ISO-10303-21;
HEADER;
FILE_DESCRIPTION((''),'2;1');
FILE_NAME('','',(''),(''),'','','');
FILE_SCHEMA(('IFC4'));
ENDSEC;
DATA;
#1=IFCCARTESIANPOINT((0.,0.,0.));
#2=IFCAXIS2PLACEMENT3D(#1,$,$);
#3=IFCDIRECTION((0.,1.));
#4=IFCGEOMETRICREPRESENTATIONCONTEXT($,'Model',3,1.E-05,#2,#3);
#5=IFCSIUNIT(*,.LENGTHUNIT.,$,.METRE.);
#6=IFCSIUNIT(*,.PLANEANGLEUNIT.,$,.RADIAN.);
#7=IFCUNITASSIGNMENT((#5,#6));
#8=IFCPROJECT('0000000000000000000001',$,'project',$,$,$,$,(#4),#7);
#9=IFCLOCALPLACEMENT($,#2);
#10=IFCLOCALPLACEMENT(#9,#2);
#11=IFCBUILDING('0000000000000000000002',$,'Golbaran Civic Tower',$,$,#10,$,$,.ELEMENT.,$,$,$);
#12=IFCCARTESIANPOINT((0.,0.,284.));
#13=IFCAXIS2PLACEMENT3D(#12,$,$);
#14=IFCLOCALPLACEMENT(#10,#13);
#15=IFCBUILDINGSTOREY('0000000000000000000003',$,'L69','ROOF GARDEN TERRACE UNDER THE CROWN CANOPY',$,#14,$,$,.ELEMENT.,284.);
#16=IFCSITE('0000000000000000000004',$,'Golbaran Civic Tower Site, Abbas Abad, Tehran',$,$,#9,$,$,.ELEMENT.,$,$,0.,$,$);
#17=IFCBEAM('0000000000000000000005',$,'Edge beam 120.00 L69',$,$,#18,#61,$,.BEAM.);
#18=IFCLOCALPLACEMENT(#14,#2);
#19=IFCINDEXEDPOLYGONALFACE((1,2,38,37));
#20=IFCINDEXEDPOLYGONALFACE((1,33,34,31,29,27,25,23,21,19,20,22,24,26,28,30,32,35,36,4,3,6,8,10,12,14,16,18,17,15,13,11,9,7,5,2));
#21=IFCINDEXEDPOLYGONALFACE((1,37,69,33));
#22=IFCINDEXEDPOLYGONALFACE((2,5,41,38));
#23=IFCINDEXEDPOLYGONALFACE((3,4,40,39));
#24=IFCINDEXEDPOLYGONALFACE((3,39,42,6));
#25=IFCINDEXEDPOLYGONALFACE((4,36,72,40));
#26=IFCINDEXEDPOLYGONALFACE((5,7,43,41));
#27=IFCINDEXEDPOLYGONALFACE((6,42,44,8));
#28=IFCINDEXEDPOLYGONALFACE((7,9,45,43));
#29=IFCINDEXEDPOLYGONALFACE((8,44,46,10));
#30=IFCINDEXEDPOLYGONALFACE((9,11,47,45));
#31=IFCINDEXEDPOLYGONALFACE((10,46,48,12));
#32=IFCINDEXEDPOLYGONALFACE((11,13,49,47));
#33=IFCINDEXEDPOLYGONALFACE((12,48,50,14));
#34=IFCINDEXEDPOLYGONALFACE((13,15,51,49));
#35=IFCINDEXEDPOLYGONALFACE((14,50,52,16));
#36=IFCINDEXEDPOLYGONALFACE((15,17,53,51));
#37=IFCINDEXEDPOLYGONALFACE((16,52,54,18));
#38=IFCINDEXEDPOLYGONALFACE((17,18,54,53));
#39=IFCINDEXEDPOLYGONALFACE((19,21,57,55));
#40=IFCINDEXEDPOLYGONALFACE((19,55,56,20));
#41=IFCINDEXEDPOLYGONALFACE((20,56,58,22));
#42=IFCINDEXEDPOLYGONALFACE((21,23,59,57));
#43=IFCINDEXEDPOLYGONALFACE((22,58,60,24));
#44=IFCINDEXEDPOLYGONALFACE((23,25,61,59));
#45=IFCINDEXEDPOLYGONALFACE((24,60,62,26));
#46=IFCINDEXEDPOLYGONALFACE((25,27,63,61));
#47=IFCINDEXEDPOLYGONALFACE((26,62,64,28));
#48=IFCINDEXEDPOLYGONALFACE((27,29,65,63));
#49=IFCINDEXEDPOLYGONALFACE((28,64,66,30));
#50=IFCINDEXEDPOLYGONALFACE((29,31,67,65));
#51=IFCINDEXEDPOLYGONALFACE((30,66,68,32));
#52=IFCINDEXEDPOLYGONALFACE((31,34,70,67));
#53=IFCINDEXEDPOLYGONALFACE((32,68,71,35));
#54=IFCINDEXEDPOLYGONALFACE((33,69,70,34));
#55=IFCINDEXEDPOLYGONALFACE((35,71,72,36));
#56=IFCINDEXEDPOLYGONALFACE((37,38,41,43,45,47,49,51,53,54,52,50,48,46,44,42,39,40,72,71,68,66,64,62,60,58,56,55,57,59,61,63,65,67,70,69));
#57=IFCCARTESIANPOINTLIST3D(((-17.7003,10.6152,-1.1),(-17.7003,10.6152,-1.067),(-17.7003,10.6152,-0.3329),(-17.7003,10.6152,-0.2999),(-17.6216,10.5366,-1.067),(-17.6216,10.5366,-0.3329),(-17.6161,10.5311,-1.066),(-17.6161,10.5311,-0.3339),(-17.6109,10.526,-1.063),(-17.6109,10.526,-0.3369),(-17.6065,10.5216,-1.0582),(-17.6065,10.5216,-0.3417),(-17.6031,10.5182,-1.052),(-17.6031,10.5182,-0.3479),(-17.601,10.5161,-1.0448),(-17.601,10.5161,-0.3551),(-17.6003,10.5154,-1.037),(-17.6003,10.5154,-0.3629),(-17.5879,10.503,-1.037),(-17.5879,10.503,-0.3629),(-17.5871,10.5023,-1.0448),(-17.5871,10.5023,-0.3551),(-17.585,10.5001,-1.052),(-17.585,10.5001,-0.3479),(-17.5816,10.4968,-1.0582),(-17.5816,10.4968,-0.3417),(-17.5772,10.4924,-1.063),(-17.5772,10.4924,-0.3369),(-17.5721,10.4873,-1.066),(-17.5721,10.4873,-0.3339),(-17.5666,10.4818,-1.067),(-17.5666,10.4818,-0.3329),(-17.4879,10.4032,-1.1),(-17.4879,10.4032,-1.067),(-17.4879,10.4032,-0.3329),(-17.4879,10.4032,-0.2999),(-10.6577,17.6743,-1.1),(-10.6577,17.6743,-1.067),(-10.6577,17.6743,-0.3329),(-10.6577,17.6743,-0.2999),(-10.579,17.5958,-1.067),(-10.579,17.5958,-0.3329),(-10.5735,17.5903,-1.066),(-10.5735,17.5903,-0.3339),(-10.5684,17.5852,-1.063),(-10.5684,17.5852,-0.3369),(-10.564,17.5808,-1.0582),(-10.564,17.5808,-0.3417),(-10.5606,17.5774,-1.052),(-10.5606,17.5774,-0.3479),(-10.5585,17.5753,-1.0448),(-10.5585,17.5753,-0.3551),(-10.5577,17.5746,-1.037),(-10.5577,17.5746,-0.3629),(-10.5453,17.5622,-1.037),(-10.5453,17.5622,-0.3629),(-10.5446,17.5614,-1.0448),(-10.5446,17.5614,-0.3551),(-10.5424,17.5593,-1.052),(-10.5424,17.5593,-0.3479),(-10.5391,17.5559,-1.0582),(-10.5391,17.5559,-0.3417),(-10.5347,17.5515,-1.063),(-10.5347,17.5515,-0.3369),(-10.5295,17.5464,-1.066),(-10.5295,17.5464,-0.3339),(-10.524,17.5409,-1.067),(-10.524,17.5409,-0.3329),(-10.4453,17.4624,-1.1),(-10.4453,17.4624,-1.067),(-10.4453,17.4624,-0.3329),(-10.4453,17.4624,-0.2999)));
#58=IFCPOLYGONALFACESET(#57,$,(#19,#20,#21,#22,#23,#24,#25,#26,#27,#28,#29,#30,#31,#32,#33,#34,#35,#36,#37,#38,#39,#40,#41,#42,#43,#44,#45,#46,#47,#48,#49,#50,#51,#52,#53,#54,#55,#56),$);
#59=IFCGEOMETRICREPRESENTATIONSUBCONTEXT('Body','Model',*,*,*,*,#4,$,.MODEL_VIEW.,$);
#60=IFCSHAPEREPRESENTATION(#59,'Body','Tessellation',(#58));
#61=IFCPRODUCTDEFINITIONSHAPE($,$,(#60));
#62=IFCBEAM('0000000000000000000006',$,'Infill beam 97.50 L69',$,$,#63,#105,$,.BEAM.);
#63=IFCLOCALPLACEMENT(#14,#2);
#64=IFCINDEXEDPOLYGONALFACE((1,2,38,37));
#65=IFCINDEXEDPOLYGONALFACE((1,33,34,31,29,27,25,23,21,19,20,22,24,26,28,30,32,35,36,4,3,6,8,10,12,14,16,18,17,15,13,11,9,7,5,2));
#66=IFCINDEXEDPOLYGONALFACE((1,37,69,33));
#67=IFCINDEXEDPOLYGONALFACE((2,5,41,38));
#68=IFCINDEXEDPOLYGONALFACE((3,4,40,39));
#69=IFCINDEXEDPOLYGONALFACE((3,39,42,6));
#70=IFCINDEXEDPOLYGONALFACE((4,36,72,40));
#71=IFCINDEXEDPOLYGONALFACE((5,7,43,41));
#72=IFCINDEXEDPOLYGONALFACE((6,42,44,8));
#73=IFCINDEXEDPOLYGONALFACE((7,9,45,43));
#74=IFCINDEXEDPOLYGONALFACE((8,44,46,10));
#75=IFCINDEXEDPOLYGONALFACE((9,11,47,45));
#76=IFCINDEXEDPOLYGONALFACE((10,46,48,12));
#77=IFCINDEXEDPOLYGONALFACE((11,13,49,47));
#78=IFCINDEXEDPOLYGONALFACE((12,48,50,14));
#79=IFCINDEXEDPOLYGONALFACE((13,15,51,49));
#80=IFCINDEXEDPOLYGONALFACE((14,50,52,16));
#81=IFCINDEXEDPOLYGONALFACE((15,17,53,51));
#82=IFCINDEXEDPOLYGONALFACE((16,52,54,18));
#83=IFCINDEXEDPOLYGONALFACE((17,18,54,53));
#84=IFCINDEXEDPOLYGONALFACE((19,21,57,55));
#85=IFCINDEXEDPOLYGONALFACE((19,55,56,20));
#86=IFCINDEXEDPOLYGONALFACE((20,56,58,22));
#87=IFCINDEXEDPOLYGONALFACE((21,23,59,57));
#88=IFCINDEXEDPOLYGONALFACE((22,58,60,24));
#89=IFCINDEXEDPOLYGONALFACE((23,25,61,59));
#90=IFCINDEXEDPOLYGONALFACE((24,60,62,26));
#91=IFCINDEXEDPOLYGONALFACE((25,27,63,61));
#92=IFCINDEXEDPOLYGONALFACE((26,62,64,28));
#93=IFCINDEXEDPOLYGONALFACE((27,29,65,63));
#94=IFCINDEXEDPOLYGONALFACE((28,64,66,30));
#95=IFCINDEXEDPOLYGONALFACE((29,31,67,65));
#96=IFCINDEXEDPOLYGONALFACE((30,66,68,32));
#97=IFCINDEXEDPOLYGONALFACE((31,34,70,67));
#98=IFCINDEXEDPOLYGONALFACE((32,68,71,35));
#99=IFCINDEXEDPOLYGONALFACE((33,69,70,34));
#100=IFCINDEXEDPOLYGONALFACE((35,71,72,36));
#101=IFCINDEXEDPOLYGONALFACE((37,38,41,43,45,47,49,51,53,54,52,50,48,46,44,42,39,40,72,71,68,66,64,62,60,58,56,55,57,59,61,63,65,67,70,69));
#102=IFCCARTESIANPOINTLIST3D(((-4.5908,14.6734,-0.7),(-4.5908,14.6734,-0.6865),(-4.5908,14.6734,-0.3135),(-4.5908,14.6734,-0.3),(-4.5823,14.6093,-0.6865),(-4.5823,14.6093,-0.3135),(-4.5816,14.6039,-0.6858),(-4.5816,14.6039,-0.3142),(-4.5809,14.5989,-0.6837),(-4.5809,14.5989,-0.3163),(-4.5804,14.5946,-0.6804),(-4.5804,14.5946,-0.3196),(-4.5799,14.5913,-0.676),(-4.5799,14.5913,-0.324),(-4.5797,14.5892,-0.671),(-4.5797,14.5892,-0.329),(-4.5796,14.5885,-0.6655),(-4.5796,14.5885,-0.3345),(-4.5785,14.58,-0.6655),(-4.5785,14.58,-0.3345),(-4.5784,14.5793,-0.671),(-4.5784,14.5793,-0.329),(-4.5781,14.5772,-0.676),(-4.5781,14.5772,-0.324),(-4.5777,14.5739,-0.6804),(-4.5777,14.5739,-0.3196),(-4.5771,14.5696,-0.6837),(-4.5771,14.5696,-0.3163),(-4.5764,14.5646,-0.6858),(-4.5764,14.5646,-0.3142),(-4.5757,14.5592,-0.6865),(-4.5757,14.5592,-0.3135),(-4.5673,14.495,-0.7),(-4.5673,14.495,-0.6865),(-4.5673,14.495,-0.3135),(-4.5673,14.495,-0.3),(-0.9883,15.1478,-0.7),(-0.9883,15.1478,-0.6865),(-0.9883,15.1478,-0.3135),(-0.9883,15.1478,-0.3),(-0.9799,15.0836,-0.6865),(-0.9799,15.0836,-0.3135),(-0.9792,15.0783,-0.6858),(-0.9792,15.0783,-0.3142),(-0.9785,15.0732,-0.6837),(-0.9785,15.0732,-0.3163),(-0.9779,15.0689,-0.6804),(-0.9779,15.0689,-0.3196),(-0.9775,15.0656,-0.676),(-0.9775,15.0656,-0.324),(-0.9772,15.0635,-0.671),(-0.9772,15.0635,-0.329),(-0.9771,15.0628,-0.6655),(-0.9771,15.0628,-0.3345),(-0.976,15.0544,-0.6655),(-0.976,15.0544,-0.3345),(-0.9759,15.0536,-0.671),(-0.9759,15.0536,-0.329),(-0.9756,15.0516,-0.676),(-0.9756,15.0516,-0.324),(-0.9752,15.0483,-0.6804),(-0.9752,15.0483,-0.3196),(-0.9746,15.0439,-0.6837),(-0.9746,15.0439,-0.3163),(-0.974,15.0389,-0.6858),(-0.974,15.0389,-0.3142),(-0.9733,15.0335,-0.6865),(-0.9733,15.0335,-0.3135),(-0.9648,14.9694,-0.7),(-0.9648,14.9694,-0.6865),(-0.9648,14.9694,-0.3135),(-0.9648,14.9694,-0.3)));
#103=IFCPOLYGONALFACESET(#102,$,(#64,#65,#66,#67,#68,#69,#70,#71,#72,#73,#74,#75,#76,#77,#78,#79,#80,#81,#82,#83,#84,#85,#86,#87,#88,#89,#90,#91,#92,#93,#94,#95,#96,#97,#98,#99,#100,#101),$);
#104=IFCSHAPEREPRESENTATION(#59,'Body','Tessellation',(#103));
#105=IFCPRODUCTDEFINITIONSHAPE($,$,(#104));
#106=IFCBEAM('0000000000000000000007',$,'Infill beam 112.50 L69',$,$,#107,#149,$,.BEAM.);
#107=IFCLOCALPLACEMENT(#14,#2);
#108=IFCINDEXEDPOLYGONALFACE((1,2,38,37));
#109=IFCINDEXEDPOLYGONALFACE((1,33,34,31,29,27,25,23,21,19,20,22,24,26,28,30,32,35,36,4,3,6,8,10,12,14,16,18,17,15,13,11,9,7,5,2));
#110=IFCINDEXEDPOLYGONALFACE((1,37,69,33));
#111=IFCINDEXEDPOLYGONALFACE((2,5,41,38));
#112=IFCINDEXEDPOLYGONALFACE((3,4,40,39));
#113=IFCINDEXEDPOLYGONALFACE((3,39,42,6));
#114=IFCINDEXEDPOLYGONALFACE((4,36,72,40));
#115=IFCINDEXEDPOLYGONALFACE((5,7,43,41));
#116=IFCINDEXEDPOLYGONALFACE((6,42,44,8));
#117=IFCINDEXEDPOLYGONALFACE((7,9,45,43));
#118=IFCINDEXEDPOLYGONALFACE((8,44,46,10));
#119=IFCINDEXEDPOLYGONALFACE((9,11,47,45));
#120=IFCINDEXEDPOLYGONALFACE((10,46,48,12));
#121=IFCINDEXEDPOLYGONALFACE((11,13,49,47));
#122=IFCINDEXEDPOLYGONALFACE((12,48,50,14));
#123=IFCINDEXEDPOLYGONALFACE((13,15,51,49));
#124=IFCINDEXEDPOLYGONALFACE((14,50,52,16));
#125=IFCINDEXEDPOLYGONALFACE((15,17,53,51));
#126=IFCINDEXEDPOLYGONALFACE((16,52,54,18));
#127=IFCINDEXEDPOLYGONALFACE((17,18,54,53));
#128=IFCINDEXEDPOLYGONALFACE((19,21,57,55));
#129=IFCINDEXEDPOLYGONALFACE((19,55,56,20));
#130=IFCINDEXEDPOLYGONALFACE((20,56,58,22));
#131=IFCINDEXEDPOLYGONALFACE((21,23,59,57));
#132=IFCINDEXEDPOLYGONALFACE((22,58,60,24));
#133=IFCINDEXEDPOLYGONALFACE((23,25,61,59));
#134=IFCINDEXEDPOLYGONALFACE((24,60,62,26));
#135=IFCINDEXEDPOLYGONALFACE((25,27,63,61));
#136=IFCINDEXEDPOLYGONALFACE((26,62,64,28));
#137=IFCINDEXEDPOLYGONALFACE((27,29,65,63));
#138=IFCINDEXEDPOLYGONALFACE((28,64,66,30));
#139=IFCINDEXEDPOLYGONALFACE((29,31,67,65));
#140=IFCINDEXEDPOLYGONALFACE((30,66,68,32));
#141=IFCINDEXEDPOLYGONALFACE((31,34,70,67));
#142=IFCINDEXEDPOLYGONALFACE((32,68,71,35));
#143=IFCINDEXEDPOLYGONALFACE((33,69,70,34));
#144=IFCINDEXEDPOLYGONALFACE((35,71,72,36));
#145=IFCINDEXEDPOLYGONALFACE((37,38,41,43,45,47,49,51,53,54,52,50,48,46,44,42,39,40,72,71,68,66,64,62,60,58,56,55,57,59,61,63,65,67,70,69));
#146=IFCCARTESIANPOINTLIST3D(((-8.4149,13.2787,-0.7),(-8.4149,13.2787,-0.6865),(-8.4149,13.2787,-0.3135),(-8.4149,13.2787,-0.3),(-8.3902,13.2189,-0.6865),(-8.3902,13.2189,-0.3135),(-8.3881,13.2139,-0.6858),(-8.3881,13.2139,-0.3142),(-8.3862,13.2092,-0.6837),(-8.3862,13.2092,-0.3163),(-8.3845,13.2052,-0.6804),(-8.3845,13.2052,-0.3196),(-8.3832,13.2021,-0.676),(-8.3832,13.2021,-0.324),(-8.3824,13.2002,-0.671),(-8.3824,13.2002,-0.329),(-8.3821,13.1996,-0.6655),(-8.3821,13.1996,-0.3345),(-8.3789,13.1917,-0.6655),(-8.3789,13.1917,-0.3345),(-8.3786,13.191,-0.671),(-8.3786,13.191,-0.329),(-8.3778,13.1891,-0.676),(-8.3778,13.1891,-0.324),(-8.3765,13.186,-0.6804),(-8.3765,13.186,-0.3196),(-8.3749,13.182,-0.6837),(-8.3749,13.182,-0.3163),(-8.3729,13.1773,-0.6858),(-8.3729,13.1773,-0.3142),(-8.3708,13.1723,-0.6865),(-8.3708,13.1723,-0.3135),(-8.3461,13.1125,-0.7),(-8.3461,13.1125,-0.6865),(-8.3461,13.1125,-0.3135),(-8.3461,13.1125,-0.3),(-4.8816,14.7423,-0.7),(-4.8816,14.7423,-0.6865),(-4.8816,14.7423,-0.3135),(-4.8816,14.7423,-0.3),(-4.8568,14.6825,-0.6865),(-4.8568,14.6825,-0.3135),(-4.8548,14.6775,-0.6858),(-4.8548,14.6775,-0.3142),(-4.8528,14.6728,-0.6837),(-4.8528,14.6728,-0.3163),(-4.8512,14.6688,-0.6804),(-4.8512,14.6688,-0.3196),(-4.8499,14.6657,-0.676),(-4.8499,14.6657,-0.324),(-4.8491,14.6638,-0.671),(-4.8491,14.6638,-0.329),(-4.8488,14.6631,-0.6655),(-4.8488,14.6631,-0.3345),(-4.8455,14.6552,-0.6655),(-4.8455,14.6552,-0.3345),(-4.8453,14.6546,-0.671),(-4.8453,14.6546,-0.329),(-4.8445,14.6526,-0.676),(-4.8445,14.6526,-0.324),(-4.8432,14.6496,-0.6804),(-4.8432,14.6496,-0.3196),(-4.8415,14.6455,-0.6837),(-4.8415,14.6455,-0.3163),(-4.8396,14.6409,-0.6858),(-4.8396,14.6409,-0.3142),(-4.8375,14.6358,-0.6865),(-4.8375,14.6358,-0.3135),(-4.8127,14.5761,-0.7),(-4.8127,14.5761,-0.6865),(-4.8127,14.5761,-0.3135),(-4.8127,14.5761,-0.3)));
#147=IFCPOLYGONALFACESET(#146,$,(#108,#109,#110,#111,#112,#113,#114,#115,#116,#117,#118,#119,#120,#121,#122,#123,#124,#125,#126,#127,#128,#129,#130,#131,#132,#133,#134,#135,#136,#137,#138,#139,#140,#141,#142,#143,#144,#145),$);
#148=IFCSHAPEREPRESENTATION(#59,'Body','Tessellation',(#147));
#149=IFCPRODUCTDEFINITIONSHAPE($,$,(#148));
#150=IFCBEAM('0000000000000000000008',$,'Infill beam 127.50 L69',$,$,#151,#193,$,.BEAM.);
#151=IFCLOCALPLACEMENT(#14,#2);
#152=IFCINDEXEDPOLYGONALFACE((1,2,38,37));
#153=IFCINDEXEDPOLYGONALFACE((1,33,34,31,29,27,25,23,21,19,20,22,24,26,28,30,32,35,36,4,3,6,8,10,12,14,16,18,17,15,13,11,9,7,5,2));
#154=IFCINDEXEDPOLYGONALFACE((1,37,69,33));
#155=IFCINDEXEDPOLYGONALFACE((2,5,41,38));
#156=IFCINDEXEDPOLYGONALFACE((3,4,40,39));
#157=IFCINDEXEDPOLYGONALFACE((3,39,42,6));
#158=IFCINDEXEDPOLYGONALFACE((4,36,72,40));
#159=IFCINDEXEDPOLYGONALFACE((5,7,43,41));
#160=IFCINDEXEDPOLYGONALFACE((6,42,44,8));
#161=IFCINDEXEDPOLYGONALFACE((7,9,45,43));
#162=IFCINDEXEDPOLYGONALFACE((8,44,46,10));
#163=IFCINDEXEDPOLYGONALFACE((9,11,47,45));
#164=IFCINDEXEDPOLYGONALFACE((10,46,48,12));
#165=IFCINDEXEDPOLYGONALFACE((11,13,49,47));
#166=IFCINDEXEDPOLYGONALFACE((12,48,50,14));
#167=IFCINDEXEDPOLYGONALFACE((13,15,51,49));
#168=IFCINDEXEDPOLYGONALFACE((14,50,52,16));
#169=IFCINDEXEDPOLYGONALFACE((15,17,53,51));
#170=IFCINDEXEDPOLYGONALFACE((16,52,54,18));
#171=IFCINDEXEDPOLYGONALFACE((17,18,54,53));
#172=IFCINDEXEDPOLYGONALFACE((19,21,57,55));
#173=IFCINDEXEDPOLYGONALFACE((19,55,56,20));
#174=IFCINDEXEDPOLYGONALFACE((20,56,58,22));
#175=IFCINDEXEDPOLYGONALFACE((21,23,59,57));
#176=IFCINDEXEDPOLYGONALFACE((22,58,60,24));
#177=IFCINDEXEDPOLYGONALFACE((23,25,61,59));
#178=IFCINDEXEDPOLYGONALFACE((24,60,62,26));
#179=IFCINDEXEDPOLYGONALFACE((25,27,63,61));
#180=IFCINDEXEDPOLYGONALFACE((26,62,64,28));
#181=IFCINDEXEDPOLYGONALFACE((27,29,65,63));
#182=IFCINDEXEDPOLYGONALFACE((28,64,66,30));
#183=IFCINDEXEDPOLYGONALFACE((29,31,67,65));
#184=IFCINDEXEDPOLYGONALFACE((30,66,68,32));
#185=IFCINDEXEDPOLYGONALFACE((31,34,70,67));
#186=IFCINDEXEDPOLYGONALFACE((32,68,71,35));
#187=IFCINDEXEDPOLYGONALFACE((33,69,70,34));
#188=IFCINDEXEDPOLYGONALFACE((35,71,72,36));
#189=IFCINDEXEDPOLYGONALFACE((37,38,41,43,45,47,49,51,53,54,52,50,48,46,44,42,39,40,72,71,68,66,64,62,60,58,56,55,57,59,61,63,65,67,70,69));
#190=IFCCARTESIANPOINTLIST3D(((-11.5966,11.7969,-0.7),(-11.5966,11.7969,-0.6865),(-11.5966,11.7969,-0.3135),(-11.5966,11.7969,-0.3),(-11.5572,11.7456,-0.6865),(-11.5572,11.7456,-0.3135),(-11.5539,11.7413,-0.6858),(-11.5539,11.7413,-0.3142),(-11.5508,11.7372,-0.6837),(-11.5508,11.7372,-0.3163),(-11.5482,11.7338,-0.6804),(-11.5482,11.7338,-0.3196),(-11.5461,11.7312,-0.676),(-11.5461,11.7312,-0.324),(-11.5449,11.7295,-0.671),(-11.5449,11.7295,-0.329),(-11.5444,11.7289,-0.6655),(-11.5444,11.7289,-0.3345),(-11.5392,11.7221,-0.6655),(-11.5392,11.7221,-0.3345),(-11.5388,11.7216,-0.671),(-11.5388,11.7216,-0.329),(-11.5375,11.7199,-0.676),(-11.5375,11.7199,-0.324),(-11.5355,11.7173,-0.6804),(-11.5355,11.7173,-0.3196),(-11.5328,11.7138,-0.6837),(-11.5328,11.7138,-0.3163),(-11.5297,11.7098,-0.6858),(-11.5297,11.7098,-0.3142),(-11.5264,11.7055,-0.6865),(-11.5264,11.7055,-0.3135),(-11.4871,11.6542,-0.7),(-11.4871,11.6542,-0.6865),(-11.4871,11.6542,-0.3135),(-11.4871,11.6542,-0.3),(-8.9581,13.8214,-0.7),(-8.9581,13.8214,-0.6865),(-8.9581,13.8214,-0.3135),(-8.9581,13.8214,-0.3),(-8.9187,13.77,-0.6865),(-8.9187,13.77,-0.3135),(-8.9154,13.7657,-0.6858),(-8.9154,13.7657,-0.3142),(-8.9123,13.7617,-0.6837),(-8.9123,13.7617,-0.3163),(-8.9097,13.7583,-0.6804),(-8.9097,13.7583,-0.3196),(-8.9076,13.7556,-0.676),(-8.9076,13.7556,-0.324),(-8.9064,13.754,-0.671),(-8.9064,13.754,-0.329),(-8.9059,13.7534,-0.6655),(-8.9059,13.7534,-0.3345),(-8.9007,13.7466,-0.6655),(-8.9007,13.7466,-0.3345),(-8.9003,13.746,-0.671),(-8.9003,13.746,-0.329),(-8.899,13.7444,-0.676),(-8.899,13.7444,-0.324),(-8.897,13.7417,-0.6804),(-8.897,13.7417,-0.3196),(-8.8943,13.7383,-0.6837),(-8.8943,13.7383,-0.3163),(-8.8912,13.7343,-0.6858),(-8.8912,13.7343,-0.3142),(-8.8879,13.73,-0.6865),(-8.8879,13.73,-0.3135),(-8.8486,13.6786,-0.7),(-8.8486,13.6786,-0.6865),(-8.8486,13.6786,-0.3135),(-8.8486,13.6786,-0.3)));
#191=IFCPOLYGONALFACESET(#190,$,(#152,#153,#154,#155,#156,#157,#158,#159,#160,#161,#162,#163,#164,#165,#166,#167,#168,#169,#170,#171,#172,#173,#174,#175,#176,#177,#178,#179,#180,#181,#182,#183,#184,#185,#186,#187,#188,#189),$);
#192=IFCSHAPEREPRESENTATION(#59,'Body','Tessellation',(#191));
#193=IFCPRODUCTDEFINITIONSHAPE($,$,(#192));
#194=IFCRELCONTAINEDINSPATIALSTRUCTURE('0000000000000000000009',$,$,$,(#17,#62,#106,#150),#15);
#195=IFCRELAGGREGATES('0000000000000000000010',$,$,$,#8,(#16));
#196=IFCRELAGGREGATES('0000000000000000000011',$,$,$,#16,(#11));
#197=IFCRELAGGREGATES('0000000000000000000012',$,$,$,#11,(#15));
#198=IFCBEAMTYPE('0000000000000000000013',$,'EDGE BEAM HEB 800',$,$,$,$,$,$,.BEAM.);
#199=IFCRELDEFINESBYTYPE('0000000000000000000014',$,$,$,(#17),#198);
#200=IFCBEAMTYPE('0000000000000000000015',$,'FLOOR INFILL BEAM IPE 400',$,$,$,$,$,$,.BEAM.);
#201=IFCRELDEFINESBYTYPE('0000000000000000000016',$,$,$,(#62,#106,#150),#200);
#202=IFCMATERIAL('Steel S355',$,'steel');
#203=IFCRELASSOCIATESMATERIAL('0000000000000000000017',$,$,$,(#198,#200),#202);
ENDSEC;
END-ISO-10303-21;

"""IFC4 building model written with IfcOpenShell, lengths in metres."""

from ifc_helpers import new_model, si_unit, direction, frame, origin, origin_2d, place, context, subcontext, project, spatial, i_section, extrude, material, material_profile, profile_set, type_object, element, save


model = new_model("IFC4")

# Units and contexts
model_context = context("Model", 3, precision=1e-05, world=origin(), true_north=direction((0.0, 1.0)))
body_context = subcontext(model_context, "Body", "Model", "MODEL_VIEW")
ifc_project = project(units=[si_unit("LENGTHUNIT", "METRE"), si_unit("PLANEANGLEUNIT", "RADIAN")], contexts=[model_context])

# Site, building, storey
site_placement = place(None, origin())
site = spatial("IfcSite", under=ifc_project, at=site_placement, Name="Golbaran Civic Tower Site, Abbas Abad, Tehran", CompositionType="ELEMENT", RefElevation=0.0)
building_placement = place(site_placement, origin())
building = spatial("IfcBuilding", under=site, at=building_placement, Name="Golbaran Civic Tower", CompositionType="ELEMENT")
storey_placement = place(building_placement, frame((0.0, 0.0, 284.0)))
storey = spatial("IfcBuildingStorey", under=building, at=storey_placement, Name="L69", Description="ROOF GARDEN TERRACE UNDER THE CROWN CANOPY", CompositionType="ELEMENT", Elevation=284.0)

# Shared definitions
ifc_material_1 = material(Name="Steel S355", Category="steel")

# Beams
ifc_material_profile_1 = material_profile(ifc_material_1, i_section(OverallWidth=0.3, OverallDepth=0.8, WebThickness=0.0176, FlangeThickness=0.033, FilletRadius=0.03, at=origin_2d()), Name="HEB 800")
ifc_profile_set_1 = profile_set([ifc_material_profile_1], Name="Steel S355")
beam_type_1 = type_object("IfcBeamType", Name="EDGE BEAM HEB 800", PredefinedType="BEAM", material=ifc_profile_set_1)
beam_1_placement = place(storey_placement, frame((-10.5515, 17.5684, -0.7), z_axis=(-0.706274, -0.707939, 0.0), x_axis=(0.707939, -0.706274, 0.0)))
element("IfcBeam", 1, at=beam_1_placement, inside=storey, type_object=beam_type_1, Name="Edge beam 120.00 L69", PredefinedType="BEAM", context=body_context, shape_type="SweptSolid", body=[
    extrude(i_section(OverallWidth=0.3, OverallDepth=0.8, WebThickness=0.0176, FlangeThickness=0.033, FilletRadius=0.03, at=origin_2d()), origin(), (0.0, 0.0, 1.0), 9.9714),
])
ifc_material_profile_2 = material_profile(ifc_material_1, i_section(OverallWidth=0.1799, OverallDepth=0.3999, WebThickness=0.0085, FlangeThickness=0.0134, FilletRadius=0.021, at=origin_2d()), Name="IPE 400")
ifc_profile_set_2 = profile_set([ifc_material_profile_2], Name="Steel S355")
beam_type_2 = type_object("IfcBeamType", Name="FLOOR INFILL BEAM IPE 400", PredefinedType="BEAM", material=ifc_profile_set_2)
beam_2_placement = place(storey_placement, frame((-0.9766, 15.0586, -0.5), z_axis=(-0.991442, -0.130548, 0.0), x_axis=(0.130548, -0.991442, 0.0)))
element("IfcBeam", 2, at=beam_2_placement, inside=storey, type_object=beam_type_2, Name="Infill beam 97.50 L69", PredefinedType="BEAM", context=body_context, shape_type="SweptSolid", body=[
    extrude(i_section(OverallWidth=0.1799, OverallDepth=0.3999, WebThickness=0.0085, FlangeThickness=0.0134, FilletRadius=0.021, at=origin_2d()), origin(), (0.0, 0.0, 1.0), 3.6335),
])
beam_3_placement = place(storey_placement, frame((-4.8472, 14.6592, -0.5), z_axis=(-0.923878, -0.382688, 0.0), x_axis=(0.382688, -0.923878, 0.0)))
element("IfcBeam", 3, at=beam_3_placement, inside=storey, type_object=beam_type_2, Name="Infill beam 112.50 L69", PredefinedType="BEAM", context=body_context, shape_type="SweptSolid", body=[
    extrude(i_section(OverallWidth=0.1799, OverallDepth=0.3999, WebThickness=0.0085, FlangeThickness=0.0134, FilletRadius=0.021, at=origin_2d()), origin(), (0.0, 0.0, 1.0), 3.8245),
])
beam_4_placement = place(storey_placement, frame((-8.9033, 13.75, -0.5), z_axis=(-0.793371, -0.608738, 0.0), x_axis=(0.608738, -0.793371, 0.0)))
element("IfcBeam", 4, at=beam_4_placement, inside=storey, type_object=beam_type_2, Name="Infill beam 127.50 L69", PredefinedType="BEAM", context=body_context, shape_type="SweptSolid", body=[
    extrude(i_section(OverallWidth=0.1799, OverallDepth=0.3999, WebThickness=0.0085, FlangeThickness=0.0134, FilletRadius=0.021, at=origin_2d()), origin(), (0.0, 0.0, 1.0), 3.3257),
])

save(model, "model.ifc")
